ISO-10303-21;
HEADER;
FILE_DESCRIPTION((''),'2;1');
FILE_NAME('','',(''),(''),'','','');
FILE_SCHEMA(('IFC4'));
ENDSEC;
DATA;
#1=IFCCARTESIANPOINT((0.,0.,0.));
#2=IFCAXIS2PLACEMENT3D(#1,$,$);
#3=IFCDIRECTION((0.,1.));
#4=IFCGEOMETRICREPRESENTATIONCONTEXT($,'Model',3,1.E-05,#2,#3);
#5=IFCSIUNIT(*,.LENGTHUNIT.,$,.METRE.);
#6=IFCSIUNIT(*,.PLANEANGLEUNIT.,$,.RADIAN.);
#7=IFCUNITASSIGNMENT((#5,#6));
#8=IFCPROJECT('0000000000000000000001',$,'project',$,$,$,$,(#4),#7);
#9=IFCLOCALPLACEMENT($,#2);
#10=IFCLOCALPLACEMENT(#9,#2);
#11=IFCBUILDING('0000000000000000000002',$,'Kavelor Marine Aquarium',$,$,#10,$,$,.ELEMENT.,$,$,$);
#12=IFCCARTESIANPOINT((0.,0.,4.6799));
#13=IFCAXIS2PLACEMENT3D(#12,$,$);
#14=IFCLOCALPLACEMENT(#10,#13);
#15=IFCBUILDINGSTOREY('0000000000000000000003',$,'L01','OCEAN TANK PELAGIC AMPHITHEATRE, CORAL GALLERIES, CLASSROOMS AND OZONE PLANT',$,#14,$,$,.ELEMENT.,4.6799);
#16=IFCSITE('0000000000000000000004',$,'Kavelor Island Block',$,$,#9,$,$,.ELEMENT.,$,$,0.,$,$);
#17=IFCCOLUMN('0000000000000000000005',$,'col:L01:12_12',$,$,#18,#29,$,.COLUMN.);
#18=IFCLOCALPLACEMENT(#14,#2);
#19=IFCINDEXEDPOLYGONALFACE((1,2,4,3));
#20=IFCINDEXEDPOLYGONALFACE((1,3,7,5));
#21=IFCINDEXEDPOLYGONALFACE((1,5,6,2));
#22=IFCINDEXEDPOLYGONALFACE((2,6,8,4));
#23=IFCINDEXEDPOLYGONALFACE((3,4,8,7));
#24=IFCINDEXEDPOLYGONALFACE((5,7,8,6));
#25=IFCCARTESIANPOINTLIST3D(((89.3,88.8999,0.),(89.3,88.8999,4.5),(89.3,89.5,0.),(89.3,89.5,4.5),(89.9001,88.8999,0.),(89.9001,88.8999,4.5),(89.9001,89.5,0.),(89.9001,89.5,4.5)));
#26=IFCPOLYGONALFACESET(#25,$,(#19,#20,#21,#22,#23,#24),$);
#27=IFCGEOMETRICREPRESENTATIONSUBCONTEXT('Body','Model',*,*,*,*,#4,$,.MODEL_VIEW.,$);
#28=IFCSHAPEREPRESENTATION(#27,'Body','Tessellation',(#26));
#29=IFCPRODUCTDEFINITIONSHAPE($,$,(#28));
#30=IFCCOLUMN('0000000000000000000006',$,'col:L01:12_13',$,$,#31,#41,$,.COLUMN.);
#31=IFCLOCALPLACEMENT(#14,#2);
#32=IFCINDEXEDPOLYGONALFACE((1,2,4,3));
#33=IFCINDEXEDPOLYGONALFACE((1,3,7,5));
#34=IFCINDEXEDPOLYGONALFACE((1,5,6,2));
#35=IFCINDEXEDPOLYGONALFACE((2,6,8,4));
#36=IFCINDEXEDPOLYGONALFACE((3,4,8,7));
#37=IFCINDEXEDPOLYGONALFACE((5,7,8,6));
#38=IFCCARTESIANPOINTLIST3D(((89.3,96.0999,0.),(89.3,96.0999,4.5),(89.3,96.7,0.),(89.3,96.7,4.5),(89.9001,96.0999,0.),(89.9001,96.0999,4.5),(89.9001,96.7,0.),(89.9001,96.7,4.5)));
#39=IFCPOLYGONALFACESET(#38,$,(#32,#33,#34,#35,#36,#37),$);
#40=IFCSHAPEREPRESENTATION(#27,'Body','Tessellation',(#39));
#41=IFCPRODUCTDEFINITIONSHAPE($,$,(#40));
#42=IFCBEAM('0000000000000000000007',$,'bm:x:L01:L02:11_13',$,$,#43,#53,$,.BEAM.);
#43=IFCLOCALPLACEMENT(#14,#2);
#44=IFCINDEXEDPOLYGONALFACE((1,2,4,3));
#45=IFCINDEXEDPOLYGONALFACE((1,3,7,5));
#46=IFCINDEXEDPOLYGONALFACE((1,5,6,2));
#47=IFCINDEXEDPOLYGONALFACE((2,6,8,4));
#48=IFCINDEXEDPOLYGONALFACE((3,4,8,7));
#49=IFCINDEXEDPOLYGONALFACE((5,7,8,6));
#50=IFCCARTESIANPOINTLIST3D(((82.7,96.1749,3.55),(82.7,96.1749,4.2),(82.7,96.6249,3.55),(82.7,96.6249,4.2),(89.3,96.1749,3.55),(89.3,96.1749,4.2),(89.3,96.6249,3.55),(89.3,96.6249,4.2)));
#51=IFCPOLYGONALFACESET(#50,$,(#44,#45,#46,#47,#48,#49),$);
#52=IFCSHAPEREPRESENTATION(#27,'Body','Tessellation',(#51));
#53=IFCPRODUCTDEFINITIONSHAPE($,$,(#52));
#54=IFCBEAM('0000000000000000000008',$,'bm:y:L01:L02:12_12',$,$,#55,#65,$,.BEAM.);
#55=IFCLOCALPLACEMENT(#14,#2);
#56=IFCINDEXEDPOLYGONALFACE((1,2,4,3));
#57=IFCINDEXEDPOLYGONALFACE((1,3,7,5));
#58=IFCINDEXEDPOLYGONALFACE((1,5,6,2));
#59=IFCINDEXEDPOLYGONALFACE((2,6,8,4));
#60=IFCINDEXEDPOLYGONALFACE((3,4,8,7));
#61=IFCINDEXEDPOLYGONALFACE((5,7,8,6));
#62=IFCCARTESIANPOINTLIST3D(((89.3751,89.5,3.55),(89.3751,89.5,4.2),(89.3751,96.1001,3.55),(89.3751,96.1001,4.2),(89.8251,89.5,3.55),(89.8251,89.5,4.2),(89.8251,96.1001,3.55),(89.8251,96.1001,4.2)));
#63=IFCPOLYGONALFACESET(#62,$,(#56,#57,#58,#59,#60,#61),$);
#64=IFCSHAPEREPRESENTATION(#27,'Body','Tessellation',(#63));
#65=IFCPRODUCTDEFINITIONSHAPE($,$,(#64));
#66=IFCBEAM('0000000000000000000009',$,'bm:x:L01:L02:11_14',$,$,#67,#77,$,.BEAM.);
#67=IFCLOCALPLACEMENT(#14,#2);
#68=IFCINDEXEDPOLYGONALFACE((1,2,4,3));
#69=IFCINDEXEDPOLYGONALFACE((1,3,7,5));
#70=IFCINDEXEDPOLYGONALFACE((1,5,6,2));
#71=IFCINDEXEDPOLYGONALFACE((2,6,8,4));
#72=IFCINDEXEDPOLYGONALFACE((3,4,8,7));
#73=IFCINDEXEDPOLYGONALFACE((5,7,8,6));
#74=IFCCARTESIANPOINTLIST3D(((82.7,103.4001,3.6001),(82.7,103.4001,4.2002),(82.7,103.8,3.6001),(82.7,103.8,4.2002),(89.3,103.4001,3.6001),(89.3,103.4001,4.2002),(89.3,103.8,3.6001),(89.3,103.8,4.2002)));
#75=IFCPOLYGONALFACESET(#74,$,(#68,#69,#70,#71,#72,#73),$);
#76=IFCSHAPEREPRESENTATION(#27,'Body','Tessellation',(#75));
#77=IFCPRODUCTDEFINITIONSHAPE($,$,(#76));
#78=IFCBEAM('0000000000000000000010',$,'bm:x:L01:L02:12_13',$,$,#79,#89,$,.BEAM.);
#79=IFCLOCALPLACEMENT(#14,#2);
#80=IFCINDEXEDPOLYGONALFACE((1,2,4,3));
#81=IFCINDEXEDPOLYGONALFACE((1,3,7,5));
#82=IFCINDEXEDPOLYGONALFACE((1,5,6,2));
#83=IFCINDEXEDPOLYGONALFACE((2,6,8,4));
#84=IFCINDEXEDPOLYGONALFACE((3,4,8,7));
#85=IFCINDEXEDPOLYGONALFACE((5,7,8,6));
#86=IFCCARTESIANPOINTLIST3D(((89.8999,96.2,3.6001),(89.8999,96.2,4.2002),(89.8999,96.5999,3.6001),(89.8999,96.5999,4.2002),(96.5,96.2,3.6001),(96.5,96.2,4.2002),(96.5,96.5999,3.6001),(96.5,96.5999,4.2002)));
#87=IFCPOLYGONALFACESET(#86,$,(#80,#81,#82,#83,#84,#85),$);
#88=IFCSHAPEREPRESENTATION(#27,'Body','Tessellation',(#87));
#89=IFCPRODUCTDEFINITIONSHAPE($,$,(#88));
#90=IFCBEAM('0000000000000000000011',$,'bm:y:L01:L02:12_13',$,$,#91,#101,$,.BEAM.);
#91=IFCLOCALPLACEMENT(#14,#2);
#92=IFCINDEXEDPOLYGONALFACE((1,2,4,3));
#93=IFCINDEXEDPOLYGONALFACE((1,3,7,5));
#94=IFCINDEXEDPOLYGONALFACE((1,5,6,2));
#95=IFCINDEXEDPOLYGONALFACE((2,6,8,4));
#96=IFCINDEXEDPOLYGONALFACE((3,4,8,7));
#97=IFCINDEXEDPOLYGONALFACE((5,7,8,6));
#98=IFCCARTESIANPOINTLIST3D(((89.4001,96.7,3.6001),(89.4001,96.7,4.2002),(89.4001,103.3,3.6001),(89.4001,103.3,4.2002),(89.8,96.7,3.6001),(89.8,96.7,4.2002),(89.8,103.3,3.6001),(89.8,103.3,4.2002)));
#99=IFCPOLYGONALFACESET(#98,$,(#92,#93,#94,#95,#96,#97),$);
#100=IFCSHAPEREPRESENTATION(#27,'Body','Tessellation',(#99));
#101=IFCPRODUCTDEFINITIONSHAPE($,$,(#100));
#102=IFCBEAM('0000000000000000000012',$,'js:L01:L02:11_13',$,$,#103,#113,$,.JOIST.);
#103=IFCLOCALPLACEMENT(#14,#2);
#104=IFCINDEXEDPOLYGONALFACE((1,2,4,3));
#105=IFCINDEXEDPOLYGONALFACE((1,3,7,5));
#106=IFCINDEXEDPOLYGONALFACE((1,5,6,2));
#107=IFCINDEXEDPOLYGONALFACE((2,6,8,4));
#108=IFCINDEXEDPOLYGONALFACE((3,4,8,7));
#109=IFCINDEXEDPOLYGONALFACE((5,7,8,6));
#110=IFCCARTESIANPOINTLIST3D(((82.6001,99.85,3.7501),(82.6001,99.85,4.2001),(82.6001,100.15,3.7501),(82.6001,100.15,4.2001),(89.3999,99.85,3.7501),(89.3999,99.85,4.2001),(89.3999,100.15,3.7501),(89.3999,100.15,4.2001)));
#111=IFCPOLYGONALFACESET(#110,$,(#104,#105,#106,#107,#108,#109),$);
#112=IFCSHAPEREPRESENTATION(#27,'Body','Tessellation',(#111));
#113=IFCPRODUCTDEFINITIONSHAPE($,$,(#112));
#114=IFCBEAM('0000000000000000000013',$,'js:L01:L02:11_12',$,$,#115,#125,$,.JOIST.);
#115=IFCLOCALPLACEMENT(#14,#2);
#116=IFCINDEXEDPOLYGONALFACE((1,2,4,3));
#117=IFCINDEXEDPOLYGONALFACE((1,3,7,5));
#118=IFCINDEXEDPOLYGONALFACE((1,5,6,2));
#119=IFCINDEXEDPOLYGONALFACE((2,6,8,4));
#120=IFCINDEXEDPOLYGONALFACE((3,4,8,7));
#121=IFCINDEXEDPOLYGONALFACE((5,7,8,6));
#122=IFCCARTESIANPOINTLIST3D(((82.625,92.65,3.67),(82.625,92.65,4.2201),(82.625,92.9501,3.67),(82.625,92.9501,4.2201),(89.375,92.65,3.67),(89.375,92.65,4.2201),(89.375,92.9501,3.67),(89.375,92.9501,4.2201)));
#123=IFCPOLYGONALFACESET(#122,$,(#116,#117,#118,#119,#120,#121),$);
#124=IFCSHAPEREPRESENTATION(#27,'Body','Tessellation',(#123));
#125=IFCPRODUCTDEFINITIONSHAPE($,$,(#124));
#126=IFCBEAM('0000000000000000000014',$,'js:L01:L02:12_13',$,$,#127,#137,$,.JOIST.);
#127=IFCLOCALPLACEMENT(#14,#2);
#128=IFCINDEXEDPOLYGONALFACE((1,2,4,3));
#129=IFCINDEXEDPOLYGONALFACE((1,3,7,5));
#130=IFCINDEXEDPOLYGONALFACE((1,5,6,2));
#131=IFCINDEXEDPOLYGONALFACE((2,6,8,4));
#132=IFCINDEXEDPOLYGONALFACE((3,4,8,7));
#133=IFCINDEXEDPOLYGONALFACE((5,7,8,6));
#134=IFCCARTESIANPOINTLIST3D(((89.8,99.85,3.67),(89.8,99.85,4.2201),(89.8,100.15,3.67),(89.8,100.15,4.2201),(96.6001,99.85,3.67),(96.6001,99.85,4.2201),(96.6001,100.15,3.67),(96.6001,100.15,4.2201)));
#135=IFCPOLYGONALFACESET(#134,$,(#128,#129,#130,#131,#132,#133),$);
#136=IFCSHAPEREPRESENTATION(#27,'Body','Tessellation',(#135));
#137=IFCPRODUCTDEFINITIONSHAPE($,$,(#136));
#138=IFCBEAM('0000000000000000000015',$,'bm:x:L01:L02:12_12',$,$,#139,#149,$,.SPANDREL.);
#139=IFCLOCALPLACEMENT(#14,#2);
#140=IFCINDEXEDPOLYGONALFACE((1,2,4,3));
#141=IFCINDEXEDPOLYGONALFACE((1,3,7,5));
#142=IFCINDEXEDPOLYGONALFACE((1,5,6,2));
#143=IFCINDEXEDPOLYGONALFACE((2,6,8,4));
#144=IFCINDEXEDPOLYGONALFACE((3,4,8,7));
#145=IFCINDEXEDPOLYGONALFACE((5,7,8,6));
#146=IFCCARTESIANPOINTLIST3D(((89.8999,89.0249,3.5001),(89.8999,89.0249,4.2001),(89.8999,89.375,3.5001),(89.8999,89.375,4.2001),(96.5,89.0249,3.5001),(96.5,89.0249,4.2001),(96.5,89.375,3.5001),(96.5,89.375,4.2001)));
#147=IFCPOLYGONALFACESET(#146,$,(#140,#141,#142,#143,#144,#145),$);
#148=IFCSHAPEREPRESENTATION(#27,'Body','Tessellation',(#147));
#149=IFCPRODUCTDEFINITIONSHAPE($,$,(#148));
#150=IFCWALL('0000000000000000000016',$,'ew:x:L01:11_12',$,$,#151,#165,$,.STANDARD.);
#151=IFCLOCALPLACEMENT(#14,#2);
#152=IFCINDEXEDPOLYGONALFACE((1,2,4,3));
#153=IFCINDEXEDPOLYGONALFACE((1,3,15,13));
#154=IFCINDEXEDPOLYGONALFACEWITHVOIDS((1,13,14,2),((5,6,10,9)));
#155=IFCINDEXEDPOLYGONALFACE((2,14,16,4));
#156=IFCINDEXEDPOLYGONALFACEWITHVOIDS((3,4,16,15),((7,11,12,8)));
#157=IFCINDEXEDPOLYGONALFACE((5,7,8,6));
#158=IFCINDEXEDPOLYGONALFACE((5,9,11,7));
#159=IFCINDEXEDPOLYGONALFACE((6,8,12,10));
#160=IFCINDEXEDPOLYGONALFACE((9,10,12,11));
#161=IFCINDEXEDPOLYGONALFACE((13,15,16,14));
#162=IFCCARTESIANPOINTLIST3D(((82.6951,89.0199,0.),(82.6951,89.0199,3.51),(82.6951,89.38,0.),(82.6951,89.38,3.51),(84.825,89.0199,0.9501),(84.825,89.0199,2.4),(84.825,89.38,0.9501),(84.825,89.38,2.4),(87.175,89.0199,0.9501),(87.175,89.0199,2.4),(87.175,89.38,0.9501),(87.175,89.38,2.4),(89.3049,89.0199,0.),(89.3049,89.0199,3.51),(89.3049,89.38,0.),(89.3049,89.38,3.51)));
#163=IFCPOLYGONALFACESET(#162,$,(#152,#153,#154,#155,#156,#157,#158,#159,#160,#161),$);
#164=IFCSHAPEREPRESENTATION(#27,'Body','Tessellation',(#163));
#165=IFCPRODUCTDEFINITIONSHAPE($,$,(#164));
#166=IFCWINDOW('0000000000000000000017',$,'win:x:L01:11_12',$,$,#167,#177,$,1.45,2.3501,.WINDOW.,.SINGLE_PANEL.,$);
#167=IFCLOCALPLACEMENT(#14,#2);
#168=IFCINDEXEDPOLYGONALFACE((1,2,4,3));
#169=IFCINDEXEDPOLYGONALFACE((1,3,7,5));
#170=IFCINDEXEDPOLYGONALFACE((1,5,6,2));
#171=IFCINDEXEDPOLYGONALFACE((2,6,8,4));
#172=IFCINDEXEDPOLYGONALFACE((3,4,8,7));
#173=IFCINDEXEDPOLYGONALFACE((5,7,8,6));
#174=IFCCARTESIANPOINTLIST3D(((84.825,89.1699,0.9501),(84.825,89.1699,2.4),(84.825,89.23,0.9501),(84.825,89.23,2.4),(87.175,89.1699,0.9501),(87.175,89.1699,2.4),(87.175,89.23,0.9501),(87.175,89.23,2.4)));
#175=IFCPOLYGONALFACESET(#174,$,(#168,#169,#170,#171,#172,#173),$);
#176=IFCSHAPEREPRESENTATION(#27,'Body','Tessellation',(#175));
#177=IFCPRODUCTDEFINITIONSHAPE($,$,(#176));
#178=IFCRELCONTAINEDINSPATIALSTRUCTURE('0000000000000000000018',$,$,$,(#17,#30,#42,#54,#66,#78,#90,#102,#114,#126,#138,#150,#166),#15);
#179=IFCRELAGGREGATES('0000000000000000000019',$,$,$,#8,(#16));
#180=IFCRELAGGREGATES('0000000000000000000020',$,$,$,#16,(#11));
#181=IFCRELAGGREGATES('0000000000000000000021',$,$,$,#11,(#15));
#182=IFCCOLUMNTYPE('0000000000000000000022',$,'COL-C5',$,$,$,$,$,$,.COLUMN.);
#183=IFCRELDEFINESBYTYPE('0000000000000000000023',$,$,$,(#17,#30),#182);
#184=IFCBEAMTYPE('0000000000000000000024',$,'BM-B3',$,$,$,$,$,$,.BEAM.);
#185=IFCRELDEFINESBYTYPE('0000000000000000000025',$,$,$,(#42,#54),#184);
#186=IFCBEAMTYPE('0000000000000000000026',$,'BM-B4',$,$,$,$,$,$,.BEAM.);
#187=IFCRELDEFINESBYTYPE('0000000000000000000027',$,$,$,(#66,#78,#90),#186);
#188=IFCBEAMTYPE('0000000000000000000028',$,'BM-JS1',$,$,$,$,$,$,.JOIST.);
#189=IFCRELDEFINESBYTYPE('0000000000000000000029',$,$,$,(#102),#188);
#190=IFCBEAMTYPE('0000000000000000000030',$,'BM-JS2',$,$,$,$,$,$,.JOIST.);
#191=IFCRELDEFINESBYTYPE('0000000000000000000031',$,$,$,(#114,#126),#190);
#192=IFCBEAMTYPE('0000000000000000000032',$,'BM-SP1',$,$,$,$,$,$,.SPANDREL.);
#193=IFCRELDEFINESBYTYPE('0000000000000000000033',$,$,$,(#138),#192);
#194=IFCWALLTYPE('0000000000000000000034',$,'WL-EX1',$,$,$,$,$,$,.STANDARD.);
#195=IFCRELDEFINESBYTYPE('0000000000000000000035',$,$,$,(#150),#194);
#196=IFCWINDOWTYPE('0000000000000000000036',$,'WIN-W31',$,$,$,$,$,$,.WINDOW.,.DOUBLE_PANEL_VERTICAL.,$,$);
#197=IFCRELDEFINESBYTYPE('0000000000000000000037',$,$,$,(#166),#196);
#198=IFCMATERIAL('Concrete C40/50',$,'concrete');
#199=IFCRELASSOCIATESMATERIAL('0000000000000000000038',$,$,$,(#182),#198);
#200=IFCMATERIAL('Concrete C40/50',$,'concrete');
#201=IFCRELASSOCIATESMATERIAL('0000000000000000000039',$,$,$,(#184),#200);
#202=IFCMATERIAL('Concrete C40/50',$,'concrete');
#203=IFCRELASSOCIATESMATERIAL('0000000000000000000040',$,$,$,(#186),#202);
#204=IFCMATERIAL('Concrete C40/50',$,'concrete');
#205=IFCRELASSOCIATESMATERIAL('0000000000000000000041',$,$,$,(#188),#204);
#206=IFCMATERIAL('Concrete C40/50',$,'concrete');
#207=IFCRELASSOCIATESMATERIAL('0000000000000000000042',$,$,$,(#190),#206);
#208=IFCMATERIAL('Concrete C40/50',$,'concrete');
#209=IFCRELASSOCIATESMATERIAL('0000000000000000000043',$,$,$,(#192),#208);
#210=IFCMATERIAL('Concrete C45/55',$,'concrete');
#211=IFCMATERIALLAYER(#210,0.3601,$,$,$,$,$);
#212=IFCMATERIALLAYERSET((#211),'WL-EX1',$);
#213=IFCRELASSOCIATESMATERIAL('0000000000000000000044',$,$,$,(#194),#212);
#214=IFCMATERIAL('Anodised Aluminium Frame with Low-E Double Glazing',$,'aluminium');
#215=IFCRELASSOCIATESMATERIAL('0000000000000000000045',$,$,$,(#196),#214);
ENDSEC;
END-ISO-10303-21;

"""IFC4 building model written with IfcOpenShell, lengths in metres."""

from ifc_helpers import new_model, si_unit, direction, frame, frame_2d, origin, origin_2d, place, context, subcontext, project, spatial, rectangle, extrude, material, layer, layer_set, material_profile, profile_set, type_object, element, fill, save


model = new_model("IFC4")

# Units and contexts
model_context = context("Model", 3, precision=1e-05, world=origin(), true_north=direction((0.0, 1.0)))
body_context = subcontext(model_context, "Body", "Model", "MODEL_VIEW")
ifc_project = project(units=[si_unit("LENGTHUNIT", "METRE"), si_unit("PLANEANGLEUNIT", "RADIAN")], contexts=[model_context])

# Site, building, storey
site_placement = place(None, origin())
site = spatial("IfcSite", under=ifc_project, at=site_placement, Name="Kavelor Island Block", CompositionType="ELEMENT", RefElevation=0.0)
building_placement = place(site_placement, origin())
building = spatial("IfcBuilding", under=site, at=building_placement, Name="Kavelor Marine Aquarium", CompositionType="ELEMENT")
storey_placement = place(building_placement, frame((0.0, 0.0, 4.6799)))
storey = spatial("IfcBuildingStorey", under=building, at=storey_placement, Name="L01", Description="OCEAN TANK PELAGIC AMPHITHEATRE, CORAL GALLERIES, CLASSROOMS AND OZONE PLANT", CompositionType="ELEMENT", Elevation=4.6799)

# Columns
ifc_material_1 = material(Name="Concrete C40/50", Category="concrete")
ifc_material_profile_1 = material_profile(ifc_material_1, rectangle(XDim=0.6001, YDim=0.6001, at=origin_2d()), Name="RC-COL 600x600")
ifc_profile_set_1 = profile_set([ifc_material_profile_1], Name="Concrete C40/50")
column_type = type_object("IfcColumnType", Name="COL-C5", PredefinedType="COLUMN", material=ifc_profile_set_1)
for number, where, z_axis, x_axis, name in (
    (1, (89.6001, 89.2, 0.0), (0.0, 0.0, 1.0), (1.0, 0.0, 0.0), "col:L01:12_12"),
    (2, (89.6001, 96.3999, 0.0), (0.0, 0.0, 1.0), (1.0, 0.0, 0.0), "col:L01:12_13"),
):
    element("IfcColumn", number, at=place(storey_placement, frame(where, z_axis=z_axis, x_axis=x_axis)), inside=storey, type_object=column_type, Name=name, PredefinedType="COLUMN", context=body_context, shape_type="SweptSolid", body=[
        extrude(rectangle(XDim=0.6001, YDim=0.6001, at=origin_2d()), origin(), (0.0, 0.0, 1.0), 4.5),
    ])

# Beams
ifc_material_2 = material(Name="Concrete C40/50", Category="concrete")
ifc_material_profile_2 = material_profile(ifc_material_2, rectangle(XDim=0.45, YDim=0.6499, at=origin_2d()), Name="RC-BM 450x650")
ifc_profile_set_2 = profile_set([ifc_material_profile_2], Name="Concrete C40/50")
beam_type_1 = type_object("IfcBeamType", Name="BM-B3", PredefinedType="BEAM", material=ifc_profile_set_2)
for number, where, z_axis, x_axis, name in (
    (3, (82.7, 96.3999, 3.875), (1.0, 0.0, 0.0), (0.0, 1.0, 0.0), "bm:x:L01:L02:11_13"),
    (4, (89.6001, 89.5, 3.875), (0.0, 1.0, 0.0), (-1.0, 0.0, 0.0), "bm:y:L01:L02:12_12"),
):
    element("IfcBeam", number, at=place(storey_placement, frame(where, z_axis=z_axis, x_axis=x_axis)), inside=storey, type_object=beam_type_1, Name=name, PredefinedType="BEAM", context=body_context, shape_type="SweptSolid", body=[
        extrude(rectangle(XDim=0.45, YDim=0.6499, at=origin_2d()), origin(), (0.0, 0.0, 1.0), 6.6001),
    ])
ifc_material_3 = material(Name="Concrete C40/50", Category="concrete")
ifc_material_profile_3 = material_profile(ifc_material_3, rectangle(XDim=0.3999, YDim=0.6001, at=origin_2d()), Name="RC-BM 400x600")
ifc_profile_set_3 = profile_set([ifc_material_profile_3], Name="Concrete C40/50")
beam_type_2 = type_object("IfcBeamType", Name="BM-B4", PredefinedType="BEAM", material=ifc_profile_set_3)
for number, where, z_axis, x_axis, name in (
    (5, (82.7, 103.6001, 3.9001), (1.0, 0.0, 0.0), (0.0, 1.0, 0.0), "bm:x:L01:L02:11_14"),
    (6, (89.8999, 96.3999, 3.9001), (1.0, 0.0, 0.0), (0.0, 1.0, 0.0), "bm:x:L01:L02:12_13"),
    (7, (89.6001, 96.7, 3.9001), (0.0, 1.0, 0.0), (-1.0, 0.0, 0.0), "bm:y:L01:L02:12_13"),
):
    element("IfcBeam", number, at=place(storey_placement, frame(where, z_axis=z_axis, x_axis=x_axis)), inside=storey, type_object=beam_type_2, Name=name, PredefinedType="BEAM", context=body_context, shape_type="SweptSolid", body=[
        extrude(rectangle(XDim=0.3999, YDim=0.6001, at=origin_2d()), origin(), (0.0, 0.0, 1.0), 6.6001),
    ])
ifc_material_4 = material(Name="Concrete C40/50", Category="concrete")
ifc_material_profile_4 = material_profile(ifc_material_4, rectangle(XDim=0.3, YDim=0.45, at=origin_2d()), Name="RC-JS 300x450")
ifc_profile_set_4 = profile_set([ifc_material_profile_4], Name="Concrete C40/50")
beam_type_3 = type_object("IfcBeamType", Name="BM-JS1", PredefinedType="JOIST", material=ifc_profile_set_4)
beam_1_placement = place(storey_placement, frame((82.6001, 100.0, 3.9751), z_axis=(1.0, 0.0, 0.0), x_axis=(0.0, 1.0, 0.0)))
element("IfcBeam", 8, at=beam_1_placement, inside=storey, type_object=beam_type_3, Name="js:L01:L02:11_13", PredefinedType="JOIST", context=body_context, shape_type="SweptSolid", body=[
    extrude(rectangle(XDim=0.3, YDim=0.45, at=origin_2d()), origin(), (0.0, 0.0, 1.0), 6.7998),
])
ifc_material_5 = material(Name="Concrete C40/50", Category="concrete")
ifc_material_profile_5 = material_profile(ifc_material_5, rectangle(XDim=0.3, YDim=0.55, at=origin_2d()), Name="RC-JS 300x550")
ifc_profile_set_5 = profile_set([ifc_material_profile_5], Name="Concrete C40/50")
beam_type_4 = type_object("IfcBeamType", Name="BM-JS2", PredefinedType="JOIST", material=ifc_profile_set_5)
beam_2_placement = place(storey_placement, frame((82.625, 92.8, 3.9451), z_axis=(1.0, 0.0, 0.0), x_axis=(0.0, 1.0, 0.0)))
element("IfcBeam", 9, at=beam_2_placement, inside=storey, type_object=beam_type_4, Name="js:L01:L02:11_12", PredefinedType="JOIST", context=body_context, shape_type="SweptSolid", body=[
    extrude(rectangle(XDim=0.3, YDim=0.55, at=origin_2d()), origin(), (0.0, 0.0, 1.0), 6.75),
])
beam_3_placement = place(storey_placement, frame((89.8, 100.0, 3.9451), z_axis=(1.0, 0.0, 0.0), x_axis=(0.0, 1.0, 0.0)))
element("IfcBeam", 10, at=beam_3_placement, inside=storey, type_object=beam_type_4, Name="js:L01:L02:12_13", PredefinedType="JOIST", context=body_context, shape_type="SweptSolid", body=[
    extrude(rectangle(XDim=0.3, YDim=0.55, at=origin_2d()), origin(), (0.0, 0.0, 1.0), 6.8),
])
ifc_material_6 = material(Name="Concrete C40/50", Category="concrete")
ifc_material_profile_6 = material_profile(ifc_material_6, rectangle(XDim=0.3501, YDim=0.7, at=origin_2d()), Name="RC-SP 350x700")
ifc_profile_set_6 = profile_set([ifc_material_profile_6], Name="Concrete C40/50")
beam_type_5 = type_object("IfcBeamType", Name="BM-SP1", PredefinedType="SPANDREL", material=ifc_profile_set_6)
beam_4_placement = place(storey_placement, frame((89.8999, 89.2, 3.8501), z_axis=(1.0, 0.0, 0.0), x_axis=(0.0, 1.0, 0.0)))
element("IfcBeam", 11, at=beam_4_placement, inside=storey, type_object=beam_type_5, Name="bm:x:L01:L02:12_12", PredefinedType="SPANDREL", context=body_context, shape_type="SweptSolid", body=[
    extrude(rectangle(XDim=0.3501, YDim=0.7, at=origin_2d()), origin(), (0.0, 0.0, 1.0), 6.6001),
])

# Wall, opening, window
ifc_material_7 = material(Name="Concrete C45/55", Category="concrete")
ifc_layer_1 = layer(ifc_material_7, 0.3601)
ifc_layer_set_1 = layer_set([ifc_layer_1], Name="WL-EX1")
wall_type_1 = type_object("IfcWallType", Name="WL-EX1", PredefinedType="STANDARD", material=ifc_layer_set_1)
wall_1_placement = place(storey_placement, frame((89.3049, 89.2, 0.0), z_axis=(0.0, 0.0, 1.0), x_axis=(-1.0, 0.0, 0.0)))
wall_1 = element("IfcWall", 12, at=wall_1_placement, inside=storey, type_object=wall_type_1, Name="ew:x:L01:11_12", PredefinedType="STANDARD", context=body_context, shape_type="SweptSolid", body=[
    extrude(rectangle(XDim=6.6099, YDim=0.3601, at=frame_2d((3.3049, 0.0))), origin(), (0.0, 0.0, 1.0), 3.51),
])
opening_1_placement = place(wall_1_placement, frame((2.1299, 0.0, 0.95)))
opening_1 = element("IfcOpeningElement", 13, at=opening_1_placement, cuts=wall_1, PredefinedType="OPENING", context=body_context, shape_type="SweptSolid", body=[
    extrude(rectangle(XDim=2.3501, YDim=1.45, at=frame_2d((1.175, 0.7251))), frame((0.0, 0.1899, 0.0), z_axis=(0.0, -1.0, 0.0), x_axis=(1.0, 0.0, 0.0)), (0.0, 0.0, 1.0), 0.3801),
])
ifc_material_8 = material(Name="Anodised Aluminium Frame with Low-E Double Glazing", Category="aluminium")
window_type = type_object("IfcWindowType", Name="WIN-W31", PartitioningType="DOUBLE_PANEL_VERTICAL", PredefinedType="WINDOW", material=ifc_material_8)
window_placement = place(opening_1_placement, origin())
window = element("IfcWindow", 14, at=window_placement, inside=storey, type_object=window_type, Name="win:x:L01:11_12", OverallHeight=1.45, OverallWidth=2.3501, PartitioningType="SINGLE_PANEL", PredefinedType="WINDOW", context=body_context, shape_type="SweptSolid", body=[
    extrude(rectangle(XDim=2.3501, YDim=1.45, at=frame_2d((1.175, 0.7251))), frame((0.0, 0.03, 0.0), z_axis=(0.0, -1.0, 0.0), x_axis=(1.0, 0.0, 0.0)), (0.0, 0.0, 1.0), 0.0601),
])
fill(opening_1, window)

save(model, "model.ifc")
